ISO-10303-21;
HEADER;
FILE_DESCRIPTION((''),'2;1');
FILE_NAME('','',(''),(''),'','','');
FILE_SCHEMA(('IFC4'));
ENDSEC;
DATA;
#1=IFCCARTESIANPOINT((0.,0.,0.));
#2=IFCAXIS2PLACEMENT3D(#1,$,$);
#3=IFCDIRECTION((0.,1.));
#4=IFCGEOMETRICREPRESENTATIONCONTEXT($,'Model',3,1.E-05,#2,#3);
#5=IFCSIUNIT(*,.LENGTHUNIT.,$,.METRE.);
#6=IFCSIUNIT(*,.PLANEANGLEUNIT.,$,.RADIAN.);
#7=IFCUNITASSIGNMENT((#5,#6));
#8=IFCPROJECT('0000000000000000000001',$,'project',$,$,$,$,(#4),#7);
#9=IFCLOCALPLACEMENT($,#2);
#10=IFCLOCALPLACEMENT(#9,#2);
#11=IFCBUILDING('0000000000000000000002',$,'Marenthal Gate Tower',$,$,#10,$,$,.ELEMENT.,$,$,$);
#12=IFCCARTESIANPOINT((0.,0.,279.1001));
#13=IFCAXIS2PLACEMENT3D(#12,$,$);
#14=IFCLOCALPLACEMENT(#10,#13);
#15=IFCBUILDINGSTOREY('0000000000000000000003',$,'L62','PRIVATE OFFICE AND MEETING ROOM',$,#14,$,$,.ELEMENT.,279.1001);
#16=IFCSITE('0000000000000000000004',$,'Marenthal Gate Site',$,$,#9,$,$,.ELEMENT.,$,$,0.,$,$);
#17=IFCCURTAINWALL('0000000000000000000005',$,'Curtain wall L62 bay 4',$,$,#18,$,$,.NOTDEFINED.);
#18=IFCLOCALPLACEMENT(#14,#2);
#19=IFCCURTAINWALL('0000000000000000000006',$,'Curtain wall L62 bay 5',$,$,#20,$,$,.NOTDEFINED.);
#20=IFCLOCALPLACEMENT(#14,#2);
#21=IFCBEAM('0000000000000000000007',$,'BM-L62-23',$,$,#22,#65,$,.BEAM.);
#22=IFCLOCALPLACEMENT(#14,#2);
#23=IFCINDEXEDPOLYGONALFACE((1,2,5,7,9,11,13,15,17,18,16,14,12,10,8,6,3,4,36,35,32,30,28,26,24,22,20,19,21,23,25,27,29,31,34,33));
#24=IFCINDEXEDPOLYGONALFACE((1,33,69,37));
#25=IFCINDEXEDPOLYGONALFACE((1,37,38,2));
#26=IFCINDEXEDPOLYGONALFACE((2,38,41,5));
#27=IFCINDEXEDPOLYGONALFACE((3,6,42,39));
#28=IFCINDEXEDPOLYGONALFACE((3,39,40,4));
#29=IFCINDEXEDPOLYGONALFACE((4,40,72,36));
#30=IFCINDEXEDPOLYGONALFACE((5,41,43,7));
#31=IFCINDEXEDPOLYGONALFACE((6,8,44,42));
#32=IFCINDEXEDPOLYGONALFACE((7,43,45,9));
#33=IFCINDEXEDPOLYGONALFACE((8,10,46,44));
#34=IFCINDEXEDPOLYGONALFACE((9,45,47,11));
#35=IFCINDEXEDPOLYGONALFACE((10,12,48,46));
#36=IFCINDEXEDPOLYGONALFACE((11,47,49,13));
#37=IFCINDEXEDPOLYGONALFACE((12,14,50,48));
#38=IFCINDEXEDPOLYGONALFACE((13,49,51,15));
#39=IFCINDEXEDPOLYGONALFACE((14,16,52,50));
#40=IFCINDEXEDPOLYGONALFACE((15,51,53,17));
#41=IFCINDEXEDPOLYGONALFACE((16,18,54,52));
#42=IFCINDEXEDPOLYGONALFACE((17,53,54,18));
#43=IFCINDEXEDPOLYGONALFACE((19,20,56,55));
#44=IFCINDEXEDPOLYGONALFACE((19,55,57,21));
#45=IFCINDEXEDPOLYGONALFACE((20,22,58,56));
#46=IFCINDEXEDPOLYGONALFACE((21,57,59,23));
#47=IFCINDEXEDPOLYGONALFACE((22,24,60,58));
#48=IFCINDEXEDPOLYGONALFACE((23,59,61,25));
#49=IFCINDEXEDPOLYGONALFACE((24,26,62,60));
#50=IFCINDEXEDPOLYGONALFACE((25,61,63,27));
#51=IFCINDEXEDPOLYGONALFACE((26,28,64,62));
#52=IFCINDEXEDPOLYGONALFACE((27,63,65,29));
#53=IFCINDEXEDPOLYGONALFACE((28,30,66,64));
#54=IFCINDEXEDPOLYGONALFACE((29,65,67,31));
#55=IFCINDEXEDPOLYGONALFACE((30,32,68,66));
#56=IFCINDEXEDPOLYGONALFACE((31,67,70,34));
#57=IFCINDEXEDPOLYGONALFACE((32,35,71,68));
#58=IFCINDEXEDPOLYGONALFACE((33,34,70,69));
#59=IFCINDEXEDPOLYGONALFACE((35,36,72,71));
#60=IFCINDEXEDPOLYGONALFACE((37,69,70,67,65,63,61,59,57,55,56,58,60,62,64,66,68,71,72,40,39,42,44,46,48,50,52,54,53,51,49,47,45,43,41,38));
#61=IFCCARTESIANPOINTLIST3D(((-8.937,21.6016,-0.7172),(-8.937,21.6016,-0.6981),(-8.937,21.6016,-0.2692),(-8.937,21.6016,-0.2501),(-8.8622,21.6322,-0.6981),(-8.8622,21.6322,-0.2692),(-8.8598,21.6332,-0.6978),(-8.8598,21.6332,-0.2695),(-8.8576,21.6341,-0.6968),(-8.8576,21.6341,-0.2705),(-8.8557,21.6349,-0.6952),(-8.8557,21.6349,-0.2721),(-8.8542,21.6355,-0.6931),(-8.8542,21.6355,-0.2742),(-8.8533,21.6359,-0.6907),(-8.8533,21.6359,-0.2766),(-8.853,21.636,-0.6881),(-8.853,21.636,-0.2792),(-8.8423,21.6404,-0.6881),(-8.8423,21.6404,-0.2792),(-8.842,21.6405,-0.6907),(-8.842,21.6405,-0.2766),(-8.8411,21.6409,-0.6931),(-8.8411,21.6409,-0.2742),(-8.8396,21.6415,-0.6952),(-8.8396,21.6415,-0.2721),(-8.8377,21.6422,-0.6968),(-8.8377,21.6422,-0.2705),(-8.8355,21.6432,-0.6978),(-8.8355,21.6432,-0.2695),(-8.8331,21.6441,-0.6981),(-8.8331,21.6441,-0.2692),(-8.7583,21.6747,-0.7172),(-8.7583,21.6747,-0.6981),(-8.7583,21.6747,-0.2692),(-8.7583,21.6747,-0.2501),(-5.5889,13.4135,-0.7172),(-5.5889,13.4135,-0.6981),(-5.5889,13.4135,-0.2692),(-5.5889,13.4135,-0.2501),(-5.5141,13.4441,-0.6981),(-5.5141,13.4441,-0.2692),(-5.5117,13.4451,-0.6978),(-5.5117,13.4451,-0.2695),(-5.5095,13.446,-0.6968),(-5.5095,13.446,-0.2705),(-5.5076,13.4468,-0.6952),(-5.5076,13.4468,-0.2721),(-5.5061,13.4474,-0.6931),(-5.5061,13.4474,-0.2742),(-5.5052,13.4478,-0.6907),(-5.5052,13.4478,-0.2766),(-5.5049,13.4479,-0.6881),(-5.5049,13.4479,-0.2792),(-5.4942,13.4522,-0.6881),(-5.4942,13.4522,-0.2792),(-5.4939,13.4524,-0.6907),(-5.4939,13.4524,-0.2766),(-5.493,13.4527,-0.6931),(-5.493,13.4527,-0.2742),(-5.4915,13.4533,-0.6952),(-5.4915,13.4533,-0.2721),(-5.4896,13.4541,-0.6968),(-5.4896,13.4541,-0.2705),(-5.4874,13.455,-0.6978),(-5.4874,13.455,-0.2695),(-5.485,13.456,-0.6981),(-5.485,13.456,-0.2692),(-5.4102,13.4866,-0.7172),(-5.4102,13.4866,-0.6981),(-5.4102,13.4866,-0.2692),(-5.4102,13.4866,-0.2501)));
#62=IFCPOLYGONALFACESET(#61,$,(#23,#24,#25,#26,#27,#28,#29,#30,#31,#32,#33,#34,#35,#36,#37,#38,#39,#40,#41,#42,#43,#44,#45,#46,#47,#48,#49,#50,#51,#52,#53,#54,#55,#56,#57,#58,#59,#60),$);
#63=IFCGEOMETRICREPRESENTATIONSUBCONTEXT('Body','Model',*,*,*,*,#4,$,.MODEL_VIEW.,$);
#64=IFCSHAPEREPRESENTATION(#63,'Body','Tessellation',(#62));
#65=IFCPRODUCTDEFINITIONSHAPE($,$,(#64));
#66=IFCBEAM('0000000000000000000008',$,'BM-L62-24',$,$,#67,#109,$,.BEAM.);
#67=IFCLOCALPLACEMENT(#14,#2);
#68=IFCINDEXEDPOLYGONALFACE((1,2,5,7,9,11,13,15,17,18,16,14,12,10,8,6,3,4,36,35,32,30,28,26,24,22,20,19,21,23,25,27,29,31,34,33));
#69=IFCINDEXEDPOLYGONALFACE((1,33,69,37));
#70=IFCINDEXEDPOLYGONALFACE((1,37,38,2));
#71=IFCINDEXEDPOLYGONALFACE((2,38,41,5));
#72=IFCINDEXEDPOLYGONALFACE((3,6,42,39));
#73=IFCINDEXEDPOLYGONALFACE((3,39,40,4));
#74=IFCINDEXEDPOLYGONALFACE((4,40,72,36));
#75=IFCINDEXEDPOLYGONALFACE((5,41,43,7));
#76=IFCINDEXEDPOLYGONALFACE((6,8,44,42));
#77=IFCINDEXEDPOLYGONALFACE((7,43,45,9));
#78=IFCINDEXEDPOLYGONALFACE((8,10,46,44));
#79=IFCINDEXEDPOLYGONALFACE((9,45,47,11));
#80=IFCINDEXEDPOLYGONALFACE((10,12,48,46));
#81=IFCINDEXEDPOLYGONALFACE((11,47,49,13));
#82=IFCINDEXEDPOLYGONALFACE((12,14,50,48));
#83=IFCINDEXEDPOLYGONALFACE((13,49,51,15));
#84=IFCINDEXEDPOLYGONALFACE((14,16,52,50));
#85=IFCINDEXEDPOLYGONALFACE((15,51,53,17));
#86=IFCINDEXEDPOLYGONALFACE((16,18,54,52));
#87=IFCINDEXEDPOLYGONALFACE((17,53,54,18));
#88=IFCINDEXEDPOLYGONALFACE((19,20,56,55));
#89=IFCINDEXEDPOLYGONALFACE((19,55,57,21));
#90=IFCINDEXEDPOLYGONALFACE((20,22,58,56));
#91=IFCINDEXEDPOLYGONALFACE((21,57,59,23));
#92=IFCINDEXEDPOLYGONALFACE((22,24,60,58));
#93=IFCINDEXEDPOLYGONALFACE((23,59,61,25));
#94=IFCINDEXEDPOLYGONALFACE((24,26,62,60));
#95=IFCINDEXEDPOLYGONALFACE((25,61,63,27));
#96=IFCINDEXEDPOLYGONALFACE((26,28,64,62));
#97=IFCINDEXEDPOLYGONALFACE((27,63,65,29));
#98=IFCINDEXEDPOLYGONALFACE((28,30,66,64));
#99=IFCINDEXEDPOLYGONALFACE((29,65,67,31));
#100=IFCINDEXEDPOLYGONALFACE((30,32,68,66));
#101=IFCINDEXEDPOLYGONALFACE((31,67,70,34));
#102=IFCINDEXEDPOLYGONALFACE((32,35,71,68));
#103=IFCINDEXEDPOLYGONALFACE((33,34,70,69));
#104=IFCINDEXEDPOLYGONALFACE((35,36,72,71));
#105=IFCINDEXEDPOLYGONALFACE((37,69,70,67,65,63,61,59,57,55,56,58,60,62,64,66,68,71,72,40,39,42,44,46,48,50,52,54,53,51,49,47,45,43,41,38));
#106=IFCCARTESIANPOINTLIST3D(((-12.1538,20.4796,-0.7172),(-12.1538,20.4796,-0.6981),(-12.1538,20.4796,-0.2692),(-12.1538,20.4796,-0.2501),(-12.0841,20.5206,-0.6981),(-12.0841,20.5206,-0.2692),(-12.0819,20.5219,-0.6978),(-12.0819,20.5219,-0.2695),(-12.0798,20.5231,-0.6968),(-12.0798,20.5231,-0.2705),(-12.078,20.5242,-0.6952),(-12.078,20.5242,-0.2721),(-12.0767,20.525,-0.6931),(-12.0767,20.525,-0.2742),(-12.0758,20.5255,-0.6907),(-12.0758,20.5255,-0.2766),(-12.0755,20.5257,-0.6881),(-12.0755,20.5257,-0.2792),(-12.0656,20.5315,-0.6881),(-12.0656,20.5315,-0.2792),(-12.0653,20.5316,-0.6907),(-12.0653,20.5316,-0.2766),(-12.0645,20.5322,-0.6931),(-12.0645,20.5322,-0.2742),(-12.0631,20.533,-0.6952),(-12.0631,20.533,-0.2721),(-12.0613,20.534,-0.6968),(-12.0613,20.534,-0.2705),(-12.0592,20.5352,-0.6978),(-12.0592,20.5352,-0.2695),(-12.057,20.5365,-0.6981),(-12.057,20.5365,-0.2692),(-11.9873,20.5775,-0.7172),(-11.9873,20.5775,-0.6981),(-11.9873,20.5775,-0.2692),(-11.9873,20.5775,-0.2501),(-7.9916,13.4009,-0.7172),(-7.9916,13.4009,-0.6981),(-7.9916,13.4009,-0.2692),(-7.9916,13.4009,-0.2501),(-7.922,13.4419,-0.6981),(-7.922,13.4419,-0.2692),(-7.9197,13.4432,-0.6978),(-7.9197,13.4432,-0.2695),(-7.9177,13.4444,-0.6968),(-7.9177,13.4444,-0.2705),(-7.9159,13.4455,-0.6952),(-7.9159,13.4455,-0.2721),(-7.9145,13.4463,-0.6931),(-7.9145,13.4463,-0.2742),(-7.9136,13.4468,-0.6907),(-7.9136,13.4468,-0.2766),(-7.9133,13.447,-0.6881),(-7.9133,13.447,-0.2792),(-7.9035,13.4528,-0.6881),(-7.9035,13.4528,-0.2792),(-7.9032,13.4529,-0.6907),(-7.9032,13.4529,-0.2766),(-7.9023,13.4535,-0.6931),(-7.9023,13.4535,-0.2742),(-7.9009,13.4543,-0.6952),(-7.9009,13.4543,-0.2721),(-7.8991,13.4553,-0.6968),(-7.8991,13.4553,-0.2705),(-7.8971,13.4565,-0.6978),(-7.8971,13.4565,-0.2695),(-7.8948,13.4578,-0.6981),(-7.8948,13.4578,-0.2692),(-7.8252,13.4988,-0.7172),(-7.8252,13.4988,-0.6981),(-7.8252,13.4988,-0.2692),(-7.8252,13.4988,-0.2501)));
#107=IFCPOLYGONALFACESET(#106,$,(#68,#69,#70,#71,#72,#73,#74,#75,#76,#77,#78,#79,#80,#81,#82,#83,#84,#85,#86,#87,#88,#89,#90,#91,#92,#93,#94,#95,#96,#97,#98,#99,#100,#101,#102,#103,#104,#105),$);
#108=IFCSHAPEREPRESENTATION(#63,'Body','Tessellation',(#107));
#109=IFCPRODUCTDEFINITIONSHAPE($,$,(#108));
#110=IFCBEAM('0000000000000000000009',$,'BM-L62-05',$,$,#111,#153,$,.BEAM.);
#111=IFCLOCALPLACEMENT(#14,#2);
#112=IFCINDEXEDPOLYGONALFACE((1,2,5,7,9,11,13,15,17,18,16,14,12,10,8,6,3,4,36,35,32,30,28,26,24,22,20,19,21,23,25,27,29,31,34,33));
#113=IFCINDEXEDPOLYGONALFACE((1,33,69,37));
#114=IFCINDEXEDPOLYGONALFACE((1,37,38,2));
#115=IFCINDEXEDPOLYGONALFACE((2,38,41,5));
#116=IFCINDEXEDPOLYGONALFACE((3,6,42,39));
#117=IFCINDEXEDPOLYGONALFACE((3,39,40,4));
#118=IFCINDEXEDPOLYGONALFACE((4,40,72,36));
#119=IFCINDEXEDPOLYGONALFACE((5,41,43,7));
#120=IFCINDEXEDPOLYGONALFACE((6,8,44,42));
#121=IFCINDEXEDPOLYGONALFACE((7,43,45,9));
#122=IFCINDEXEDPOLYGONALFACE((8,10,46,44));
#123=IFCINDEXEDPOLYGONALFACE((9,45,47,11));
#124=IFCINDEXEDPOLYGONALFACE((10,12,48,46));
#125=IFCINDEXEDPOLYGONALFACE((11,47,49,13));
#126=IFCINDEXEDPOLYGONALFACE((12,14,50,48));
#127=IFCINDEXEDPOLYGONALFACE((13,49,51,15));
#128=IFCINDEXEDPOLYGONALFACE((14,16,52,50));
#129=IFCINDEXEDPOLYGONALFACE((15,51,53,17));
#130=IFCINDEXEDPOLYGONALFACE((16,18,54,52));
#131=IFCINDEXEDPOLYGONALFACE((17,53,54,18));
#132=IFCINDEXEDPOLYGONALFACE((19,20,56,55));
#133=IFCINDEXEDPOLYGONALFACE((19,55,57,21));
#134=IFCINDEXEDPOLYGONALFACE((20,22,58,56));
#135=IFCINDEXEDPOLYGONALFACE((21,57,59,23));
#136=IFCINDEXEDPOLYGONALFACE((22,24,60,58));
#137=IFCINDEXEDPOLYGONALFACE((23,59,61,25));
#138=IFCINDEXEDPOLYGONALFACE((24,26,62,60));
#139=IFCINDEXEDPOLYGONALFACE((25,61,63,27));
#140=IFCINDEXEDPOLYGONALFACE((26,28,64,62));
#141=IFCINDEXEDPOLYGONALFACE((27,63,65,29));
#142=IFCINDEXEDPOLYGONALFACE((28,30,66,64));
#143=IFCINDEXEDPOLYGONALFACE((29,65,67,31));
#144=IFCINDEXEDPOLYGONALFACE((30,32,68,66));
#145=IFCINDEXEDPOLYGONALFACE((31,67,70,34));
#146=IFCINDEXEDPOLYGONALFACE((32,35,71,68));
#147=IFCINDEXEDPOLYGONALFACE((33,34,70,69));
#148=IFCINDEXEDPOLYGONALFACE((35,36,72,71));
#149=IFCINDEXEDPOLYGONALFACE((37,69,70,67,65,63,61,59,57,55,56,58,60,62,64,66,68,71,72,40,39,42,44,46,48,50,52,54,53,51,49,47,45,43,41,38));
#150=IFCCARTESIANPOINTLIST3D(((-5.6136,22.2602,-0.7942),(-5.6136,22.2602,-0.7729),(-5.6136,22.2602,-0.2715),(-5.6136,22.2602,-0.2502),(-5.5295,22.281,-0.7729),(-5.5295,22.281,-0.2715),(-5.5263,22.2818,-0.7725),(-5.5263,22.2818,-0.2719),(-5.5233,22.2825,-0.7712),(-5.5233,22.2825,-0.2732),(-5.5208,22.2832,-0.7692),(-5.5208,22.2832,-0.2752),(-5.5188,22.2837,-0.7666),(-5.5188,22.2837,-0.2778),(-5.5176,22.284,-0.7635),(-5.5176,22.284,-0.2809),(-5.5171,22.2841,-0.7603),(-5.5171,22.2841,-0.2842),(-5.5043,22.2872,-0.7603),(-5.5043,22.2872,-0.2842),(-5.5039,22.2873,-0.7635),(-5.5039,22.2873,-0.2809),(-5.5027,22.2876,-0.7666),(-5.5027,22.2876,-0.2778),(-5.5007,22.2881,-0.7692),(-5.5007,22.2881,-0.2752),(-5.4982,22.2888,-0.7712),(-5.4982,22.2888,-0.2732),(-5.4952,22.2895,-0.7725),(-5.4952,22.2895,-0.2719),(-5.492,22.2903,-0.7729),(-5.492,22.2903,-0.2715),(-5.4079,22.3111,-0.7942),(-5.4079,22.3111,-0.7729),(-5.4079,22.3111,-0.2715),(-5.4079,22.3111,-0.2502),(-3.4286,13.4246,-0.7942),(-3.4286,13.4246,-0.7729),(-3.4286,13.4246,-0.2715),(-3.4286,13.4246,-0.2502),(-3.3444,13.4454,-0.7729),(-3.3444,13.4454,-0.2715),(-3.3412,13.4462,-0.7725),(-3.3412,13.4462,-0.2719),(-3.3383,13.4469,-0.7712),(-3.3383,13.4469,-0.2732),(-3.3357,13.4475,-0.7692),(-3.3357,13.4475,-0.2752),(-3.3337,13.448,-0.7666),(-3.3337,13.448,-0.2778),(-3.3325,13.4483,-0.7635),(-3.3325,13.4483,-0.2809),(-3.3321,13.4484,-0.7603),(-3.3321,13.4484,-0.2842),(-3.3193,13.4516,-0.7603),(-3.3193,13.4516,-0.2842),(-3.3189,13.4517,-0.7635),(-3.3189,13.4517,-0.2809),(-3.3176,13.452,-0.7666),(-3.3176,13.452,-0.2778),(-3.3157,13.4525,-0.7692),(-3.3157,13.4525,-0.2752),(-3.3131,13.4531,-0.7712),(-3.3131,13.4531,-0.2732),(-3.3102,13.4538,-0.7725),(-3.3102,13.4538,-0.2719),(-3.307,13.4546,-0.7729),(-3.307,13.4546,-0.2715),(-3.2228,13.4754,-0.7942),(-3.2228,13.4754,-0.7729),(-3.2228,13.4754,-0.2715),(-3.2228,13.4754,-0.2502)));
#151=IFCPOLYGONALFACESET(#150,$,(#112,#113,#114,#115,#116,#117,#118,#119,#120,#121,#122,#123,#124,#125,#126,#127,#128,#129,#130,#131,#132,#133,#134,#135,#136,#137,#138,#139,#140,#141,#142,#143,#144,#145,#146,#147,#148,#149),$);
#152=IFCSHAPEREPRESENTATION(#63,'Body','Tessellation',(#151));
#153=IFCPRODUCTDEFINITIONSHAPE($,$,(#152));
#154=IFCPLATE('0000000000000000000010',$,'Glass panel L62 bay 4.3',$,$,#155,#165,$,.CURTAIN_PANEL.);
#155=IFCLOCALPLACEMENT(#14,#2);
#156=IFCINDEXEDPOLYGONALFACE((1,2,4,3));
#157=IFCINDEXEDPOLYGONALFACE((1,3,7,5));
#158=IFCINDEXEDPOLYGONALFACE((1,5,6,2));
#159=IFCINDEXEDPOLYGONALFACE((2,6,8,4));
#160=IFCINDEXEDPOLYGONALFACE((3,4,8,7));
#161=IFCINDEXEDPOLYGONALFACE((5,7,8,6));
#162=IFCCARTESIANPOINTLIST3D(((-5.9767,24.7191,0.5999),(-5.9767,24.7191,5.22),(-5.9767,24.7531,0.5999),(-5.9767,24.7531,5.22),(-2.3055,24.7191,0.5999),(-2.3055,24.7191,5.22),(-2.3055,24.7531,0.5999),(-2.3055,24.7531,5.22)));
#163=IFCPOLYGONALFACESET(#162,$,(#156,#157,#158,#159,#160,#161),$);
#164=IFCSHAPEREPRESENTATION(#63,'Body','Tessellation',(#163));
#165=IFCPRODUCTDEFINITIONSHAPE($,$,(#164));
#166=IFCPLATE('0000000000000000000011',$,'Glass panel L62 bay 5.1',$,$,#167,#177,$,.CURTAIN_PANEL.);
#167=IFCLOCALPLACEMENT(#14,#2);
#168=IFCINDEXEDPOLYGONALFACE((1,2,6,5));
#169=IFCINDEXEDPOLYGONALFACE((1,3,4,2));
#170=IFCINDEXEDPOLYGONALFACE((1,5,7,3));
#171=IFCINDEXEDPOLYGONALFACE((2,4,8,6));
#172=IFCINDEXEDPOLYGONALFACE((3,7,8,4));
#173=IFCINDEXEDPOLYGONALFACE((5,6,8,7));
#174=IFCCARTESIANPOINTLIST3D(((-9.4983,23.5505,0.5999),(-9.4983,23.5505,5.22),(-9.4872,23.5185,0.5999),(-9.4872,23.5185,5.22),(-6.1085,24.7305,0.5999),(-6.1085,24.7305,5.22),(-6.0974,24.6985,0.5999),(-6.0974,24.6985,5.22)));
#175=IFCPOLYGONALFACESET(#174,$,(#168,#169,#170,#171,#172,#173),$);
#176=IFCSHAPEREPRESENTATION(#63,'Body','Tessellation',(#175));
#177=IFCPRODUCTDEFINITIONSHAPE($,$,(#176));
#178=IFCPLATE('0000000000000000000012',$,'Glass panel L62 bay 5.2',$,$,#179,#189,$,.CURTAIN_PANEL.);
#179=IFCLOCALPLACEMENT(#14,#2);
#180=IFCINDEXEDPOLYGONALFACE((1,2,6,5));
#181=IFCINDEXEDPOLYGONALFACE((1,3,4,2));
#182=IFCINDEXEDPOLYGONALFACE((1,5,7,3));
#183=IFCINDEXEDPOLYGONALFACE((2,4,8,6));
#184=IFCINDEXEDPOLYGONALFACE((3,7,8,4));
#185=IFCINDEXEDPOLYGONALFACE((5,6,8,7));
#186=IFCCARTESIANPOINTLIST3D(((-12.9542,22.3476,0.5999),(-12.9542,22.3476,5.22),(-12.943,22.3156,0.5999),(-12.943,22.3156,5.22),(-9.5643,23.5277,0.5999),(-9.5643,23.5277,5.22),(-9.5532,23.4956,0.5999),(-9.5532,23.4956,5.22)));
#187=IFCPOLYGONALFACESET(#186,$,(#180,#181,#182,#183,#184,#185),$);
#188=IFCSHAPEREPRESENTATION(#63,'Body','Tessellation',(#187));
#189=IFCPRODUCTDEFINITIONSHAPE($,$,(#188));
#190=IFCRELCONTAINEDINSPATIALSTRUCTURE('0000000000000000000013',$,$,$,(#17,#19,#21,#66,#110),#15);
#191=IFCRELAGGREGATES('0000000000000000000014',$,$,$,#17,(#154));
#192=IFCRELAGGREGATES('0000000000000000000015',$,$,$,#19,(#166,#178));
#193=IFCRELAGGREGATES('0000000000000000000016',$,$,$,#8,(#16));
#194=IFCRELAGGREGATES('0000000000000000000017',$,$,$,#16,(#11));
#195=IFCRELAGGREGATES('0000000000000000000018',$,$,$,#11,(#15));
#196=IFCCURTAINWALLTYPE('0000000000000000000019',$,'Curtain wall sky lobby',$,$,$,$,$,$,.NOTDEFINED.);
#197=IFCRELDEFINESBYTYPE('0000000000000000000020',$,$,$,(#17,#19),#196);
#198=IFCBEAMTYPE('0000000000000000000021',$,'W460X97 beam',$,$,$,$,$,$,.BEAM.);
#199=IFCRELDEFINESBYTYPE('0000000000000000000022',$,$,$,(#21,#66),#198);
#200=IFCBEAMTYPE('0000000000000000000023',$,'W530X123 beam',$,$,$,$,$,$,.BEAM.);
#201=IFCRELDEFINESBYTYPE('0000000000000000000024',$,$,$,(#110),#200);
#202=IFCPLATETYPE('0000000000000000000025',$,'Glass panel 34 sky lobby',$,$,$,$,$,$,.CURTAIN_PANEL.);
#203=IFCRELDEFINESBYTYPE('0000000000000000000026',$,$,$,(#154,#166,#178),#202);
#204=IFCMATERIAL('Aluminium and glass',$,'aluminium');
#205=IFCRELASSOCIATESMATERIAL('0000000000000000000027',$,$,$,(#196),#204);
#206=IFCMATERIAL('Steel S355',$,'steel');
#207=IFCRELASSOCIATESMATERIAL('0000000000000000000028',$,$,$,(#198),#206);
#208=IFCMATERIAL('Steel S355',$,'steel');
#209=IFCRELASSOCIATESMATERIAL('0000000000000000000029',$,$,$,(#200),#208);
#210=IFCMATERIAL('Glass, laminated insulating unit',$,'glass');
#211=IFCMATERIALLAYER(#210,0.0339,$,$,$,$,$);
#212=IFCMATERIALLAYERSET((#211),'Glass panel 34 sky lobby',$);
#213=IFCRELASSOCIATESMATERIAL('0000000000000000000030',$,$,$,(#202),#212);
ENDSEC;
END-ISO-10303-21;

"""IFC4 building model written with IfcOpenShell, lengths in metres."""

from ifc_helpers import new_model, si_unit, direction, frame, origin, origin_2d, place, context, subcontext, project, spatial, rectangle, i_section, extrude, material, layer, layer_set, material_profile, profile_set, type_object, element, aggregate, save


model = new_model("IFC4")

# Units and contexts
model_context = context("Model", 3, precision=1e-05, world=origin(), true_north=direction((0.0, 1.0)))
body_context = subcontext(model_context, "Body", "Model", "MODEL_VIEW")
ifc_project = project(units=[si_unit("LENGTHUNIT", "METRE"), si_unit("PLANEANGLEUNIT", "RADIAN")], contexts=[model_context])

# Site, building, storey
site_placement = place(None, origin())
site = spatial("IfcSite", under=ifc_project, at=site_placement, Name="Marenthal Gate Site", CompositionType="ELEMENT", RefElevation=0.0)
building_placement = place(site_placement, origin())
building = spatial("IfcBuilding", under=site, at=building_placement, Name="Marenthal Gate Tower", CompositionType="ELEMENT")
storey_placement = place(building_placement, frame((0.0, 0.0, 279.1001)))
storey = spatial("IfcBuildingStorey", under=building, at=storey_placement, Name="L62", Description="PRIVATE OFFICE AND MEETING ROOM", CompositionType="ELEMENT", Elevation=279.1001)

# Curtain walls
ifc_material_1 = material(Name="Aluminium and glass", Category="aluminium")
curtain_wall_type = type_object("IfcCurtainWallType", Name="Curtain wall sky lobby", PredefinedType="NOTDEFINED", material=ifc_material_1)
curtain_wall_1_placement = place(storey_placement, origin())
curtain_wall_1 = element("IfcCurtainWall", 1, at=curtain_wall_1_placement, inside=storey, type_object=curtain_wall_type, Name="Curtain wall L62 bay 4", PredefinedType="NOTDEFINED")
curtain_wall_2_placement = place(storey_placement, origin())
curtain_wall_2 = element("IfcCurtainWall", 2, at=curtain_wall_2_placement, inside=storey, type_object=curtain_wall_type, Name="Curtain wall L62 bay 5", PredefinedType="NOTDEFINED")

# Beams
ifc_material_2 = material(Name="Steel S355", Category="steel")
ifc_material_profile_1 = material_profile(ifc_material_2, i_section(OverallWidth=0.1931, OverallDepth=0.467, WebThickness=0.0115, FlangeThickness=0.019, FilletRadius=0.01, at=origin_2d()), Name="W460X97")
ifc_profile_set_1 = profile_set([ifc_material_profile_1], Name="Steel S355")
beam_type_1 = type_object("IfcBeamType", Name="W460X97 beam", PredefinedType="BEAM", material=ifc_profile_set_1)
beam_1_placement = place(storey_placement, frame((-8.8477, 21.6382, -0.4836), z_axis=(0.378479, -0.92561, 0.0), x_axis=(0.92561, 0.378479, 0.0)))
element("IfcBeam", 3, at=beam_1_placement, inside=storey, type_object=beam_type_1, Name="BM-L62-23", PredefinedType="BEAM", context=body_context, shape_type="SweptSolid", body=[
    extrude(i_section(OverallWidth=0.1931, OverallDepth=0.467, WebThickness=0.0115, FlangeThickness=0.019, FilletRadius=0.01, at=origin_2d()), origin(), (0.0, 0.0, 1.0), 8.8462),
])
beam_2_placement = place(storey_placement, frame((-12.0706, 20.5286, -0.4836), z_axis=(0.506859, -0.862029, 0.0), x_axis=(0.862029, 0.506859, 0.0)))
element("IfcBeam", 4, at=beam_2_placement, inside=storey, type_object=beam_type_1, Name="BM-L62-24", PredefinedType="BEAM", context=body_context, shape_type="SweptSolid", body=[
    extrude(i_section(OverallWidth=0.1931, OverallDepth=0.467, WebThickness=0.0115, FlangeThickness=0.019, FilletRadius=0.01, at=origin_2d()), origin(), (0.0, 0.0, 1.0), 8.2117),
])
ifc_material_3 = material(Name="Steel S355", Category="steel")
ifc_material_profile_2 = material_profile(ifc_material_3, i_section(OverallWidth=0.2119, OverallDepth=0.5439, WebThickness=0.0132, FlangeThickness=0.0212, FilletRadius=0.0127, at=origin_2d()), Name="W530X123")
ifc_profile_set_2 = profile_set([ifc_material_profile_2], Name="Steel S355")
beam_type_2 = type_object("IfcBeamType", Name="W530X123 beam", PredefinedType="BEAM", material=ifc_profile_set_2)
beam_3_placement = place(storey_placement, frame((-5.5107, 22.2856, -0.5222), z_axis=(0.240067, -0.970756, 0.0), x_axis=(0.970756, 0.240067, 0.0)))
element("IfcBeam", 5, at=beam_3_placement, inside=storey, type_object=beam_type_2, Name="BM-L62-05", PredefinedType="BEAM", context=body_context, shape_type="SweptSolid", body=[
    extrude(i_section(OverallWidth=0.2119, OverallDepth=0.5439, WebThickness=0.0132, FlangeThickness=0.0212, FilletRadius=0.0127, at=origin_2d()), origin(), (0.0, 0.0, 1.0), 9.1018),
])

# Plates
ifc_material_4 = material(Name="Glass, laminated insulating unit", Category="glass")
ifc_layer_1 = layer(ifc_material_4, 0.0339)
ifc_layer_set_1 = layer_set([ifc_layer_1], Name="Glass panel 34 sky lobby")
plate_type = type_object("IfcPlateType", Name="Glass panel 34 sky lobby", PredefinedType="CURTAIN_PANEL", material=ifc_layer_set_1)
plate_1_placement = place(storey_placement, frame((-4.1411, 24.7361, 0.5999), z_axis=(0.0, 0.0, 1.0), x_axis=(-1.0, 0.0, 0.0)))
plate_1 = element("IfcPlate", 6, at=plate_1_placement, type_object=plate_type, Name="Glass panel L62 bay 4.3", PredefinedType="CURTAIN_PANEL", context=body_context, shape_type="SweptSolid", body=[
    extrude(rectangle(XDim=3.6711, YDim=0.0339, at=origin_2d()), origin(), (0.0, 0.0, 1.0), 4.6201),
])
aggregate(curtain_wall_1, [plate_1])
plate_2_placement = place(storey_placement, frame((-7.7979, 24.1245, 0.5999), z_axis=(0.0, 0.0, 1.0), x_axis=(-0.944415, -0.328757, 0.0)))
plate_2 = element("IfcPlate", 7, at=plate_2_placement, type_object=plate_type, Name="Glass panel L62 bay 5.1", PredefinedType="CURTAIN_PANEL", context=body_context, shape_type="SweptSolid", body=[
    extrude(rectangle(XDim=3.5894, YDim=0.0339, at=origin_2d()), origin(), (0.0, 0.0, 1.0), 4.6201),
])
plate_3_placement = place(storey_placement, frame((-11.2537, 22.9216, 0.5999), z_axis=(0.0, 0.0, 1.0), x_axis=(-0.944415, -0.328757, 0.0)))
plate_3 = element("IfcPlate", 8, at=plate_3_placement, type_object=plate_type, Name="Glass panel L62 bay 5.2", PredefinedType="CURTAIN_PANEL", context=body_context, shape_type="SweptSolid", body=[
    extrude(rectangle(XDim=3.5894, YDim=0.0339, at=origin_2d()), origin(), (0.0, 0.0, 1.0), 4.6201),
])
aggregate(curtain_wall_2, [plate_2, plate_3])

save(model, "model.ifc")
